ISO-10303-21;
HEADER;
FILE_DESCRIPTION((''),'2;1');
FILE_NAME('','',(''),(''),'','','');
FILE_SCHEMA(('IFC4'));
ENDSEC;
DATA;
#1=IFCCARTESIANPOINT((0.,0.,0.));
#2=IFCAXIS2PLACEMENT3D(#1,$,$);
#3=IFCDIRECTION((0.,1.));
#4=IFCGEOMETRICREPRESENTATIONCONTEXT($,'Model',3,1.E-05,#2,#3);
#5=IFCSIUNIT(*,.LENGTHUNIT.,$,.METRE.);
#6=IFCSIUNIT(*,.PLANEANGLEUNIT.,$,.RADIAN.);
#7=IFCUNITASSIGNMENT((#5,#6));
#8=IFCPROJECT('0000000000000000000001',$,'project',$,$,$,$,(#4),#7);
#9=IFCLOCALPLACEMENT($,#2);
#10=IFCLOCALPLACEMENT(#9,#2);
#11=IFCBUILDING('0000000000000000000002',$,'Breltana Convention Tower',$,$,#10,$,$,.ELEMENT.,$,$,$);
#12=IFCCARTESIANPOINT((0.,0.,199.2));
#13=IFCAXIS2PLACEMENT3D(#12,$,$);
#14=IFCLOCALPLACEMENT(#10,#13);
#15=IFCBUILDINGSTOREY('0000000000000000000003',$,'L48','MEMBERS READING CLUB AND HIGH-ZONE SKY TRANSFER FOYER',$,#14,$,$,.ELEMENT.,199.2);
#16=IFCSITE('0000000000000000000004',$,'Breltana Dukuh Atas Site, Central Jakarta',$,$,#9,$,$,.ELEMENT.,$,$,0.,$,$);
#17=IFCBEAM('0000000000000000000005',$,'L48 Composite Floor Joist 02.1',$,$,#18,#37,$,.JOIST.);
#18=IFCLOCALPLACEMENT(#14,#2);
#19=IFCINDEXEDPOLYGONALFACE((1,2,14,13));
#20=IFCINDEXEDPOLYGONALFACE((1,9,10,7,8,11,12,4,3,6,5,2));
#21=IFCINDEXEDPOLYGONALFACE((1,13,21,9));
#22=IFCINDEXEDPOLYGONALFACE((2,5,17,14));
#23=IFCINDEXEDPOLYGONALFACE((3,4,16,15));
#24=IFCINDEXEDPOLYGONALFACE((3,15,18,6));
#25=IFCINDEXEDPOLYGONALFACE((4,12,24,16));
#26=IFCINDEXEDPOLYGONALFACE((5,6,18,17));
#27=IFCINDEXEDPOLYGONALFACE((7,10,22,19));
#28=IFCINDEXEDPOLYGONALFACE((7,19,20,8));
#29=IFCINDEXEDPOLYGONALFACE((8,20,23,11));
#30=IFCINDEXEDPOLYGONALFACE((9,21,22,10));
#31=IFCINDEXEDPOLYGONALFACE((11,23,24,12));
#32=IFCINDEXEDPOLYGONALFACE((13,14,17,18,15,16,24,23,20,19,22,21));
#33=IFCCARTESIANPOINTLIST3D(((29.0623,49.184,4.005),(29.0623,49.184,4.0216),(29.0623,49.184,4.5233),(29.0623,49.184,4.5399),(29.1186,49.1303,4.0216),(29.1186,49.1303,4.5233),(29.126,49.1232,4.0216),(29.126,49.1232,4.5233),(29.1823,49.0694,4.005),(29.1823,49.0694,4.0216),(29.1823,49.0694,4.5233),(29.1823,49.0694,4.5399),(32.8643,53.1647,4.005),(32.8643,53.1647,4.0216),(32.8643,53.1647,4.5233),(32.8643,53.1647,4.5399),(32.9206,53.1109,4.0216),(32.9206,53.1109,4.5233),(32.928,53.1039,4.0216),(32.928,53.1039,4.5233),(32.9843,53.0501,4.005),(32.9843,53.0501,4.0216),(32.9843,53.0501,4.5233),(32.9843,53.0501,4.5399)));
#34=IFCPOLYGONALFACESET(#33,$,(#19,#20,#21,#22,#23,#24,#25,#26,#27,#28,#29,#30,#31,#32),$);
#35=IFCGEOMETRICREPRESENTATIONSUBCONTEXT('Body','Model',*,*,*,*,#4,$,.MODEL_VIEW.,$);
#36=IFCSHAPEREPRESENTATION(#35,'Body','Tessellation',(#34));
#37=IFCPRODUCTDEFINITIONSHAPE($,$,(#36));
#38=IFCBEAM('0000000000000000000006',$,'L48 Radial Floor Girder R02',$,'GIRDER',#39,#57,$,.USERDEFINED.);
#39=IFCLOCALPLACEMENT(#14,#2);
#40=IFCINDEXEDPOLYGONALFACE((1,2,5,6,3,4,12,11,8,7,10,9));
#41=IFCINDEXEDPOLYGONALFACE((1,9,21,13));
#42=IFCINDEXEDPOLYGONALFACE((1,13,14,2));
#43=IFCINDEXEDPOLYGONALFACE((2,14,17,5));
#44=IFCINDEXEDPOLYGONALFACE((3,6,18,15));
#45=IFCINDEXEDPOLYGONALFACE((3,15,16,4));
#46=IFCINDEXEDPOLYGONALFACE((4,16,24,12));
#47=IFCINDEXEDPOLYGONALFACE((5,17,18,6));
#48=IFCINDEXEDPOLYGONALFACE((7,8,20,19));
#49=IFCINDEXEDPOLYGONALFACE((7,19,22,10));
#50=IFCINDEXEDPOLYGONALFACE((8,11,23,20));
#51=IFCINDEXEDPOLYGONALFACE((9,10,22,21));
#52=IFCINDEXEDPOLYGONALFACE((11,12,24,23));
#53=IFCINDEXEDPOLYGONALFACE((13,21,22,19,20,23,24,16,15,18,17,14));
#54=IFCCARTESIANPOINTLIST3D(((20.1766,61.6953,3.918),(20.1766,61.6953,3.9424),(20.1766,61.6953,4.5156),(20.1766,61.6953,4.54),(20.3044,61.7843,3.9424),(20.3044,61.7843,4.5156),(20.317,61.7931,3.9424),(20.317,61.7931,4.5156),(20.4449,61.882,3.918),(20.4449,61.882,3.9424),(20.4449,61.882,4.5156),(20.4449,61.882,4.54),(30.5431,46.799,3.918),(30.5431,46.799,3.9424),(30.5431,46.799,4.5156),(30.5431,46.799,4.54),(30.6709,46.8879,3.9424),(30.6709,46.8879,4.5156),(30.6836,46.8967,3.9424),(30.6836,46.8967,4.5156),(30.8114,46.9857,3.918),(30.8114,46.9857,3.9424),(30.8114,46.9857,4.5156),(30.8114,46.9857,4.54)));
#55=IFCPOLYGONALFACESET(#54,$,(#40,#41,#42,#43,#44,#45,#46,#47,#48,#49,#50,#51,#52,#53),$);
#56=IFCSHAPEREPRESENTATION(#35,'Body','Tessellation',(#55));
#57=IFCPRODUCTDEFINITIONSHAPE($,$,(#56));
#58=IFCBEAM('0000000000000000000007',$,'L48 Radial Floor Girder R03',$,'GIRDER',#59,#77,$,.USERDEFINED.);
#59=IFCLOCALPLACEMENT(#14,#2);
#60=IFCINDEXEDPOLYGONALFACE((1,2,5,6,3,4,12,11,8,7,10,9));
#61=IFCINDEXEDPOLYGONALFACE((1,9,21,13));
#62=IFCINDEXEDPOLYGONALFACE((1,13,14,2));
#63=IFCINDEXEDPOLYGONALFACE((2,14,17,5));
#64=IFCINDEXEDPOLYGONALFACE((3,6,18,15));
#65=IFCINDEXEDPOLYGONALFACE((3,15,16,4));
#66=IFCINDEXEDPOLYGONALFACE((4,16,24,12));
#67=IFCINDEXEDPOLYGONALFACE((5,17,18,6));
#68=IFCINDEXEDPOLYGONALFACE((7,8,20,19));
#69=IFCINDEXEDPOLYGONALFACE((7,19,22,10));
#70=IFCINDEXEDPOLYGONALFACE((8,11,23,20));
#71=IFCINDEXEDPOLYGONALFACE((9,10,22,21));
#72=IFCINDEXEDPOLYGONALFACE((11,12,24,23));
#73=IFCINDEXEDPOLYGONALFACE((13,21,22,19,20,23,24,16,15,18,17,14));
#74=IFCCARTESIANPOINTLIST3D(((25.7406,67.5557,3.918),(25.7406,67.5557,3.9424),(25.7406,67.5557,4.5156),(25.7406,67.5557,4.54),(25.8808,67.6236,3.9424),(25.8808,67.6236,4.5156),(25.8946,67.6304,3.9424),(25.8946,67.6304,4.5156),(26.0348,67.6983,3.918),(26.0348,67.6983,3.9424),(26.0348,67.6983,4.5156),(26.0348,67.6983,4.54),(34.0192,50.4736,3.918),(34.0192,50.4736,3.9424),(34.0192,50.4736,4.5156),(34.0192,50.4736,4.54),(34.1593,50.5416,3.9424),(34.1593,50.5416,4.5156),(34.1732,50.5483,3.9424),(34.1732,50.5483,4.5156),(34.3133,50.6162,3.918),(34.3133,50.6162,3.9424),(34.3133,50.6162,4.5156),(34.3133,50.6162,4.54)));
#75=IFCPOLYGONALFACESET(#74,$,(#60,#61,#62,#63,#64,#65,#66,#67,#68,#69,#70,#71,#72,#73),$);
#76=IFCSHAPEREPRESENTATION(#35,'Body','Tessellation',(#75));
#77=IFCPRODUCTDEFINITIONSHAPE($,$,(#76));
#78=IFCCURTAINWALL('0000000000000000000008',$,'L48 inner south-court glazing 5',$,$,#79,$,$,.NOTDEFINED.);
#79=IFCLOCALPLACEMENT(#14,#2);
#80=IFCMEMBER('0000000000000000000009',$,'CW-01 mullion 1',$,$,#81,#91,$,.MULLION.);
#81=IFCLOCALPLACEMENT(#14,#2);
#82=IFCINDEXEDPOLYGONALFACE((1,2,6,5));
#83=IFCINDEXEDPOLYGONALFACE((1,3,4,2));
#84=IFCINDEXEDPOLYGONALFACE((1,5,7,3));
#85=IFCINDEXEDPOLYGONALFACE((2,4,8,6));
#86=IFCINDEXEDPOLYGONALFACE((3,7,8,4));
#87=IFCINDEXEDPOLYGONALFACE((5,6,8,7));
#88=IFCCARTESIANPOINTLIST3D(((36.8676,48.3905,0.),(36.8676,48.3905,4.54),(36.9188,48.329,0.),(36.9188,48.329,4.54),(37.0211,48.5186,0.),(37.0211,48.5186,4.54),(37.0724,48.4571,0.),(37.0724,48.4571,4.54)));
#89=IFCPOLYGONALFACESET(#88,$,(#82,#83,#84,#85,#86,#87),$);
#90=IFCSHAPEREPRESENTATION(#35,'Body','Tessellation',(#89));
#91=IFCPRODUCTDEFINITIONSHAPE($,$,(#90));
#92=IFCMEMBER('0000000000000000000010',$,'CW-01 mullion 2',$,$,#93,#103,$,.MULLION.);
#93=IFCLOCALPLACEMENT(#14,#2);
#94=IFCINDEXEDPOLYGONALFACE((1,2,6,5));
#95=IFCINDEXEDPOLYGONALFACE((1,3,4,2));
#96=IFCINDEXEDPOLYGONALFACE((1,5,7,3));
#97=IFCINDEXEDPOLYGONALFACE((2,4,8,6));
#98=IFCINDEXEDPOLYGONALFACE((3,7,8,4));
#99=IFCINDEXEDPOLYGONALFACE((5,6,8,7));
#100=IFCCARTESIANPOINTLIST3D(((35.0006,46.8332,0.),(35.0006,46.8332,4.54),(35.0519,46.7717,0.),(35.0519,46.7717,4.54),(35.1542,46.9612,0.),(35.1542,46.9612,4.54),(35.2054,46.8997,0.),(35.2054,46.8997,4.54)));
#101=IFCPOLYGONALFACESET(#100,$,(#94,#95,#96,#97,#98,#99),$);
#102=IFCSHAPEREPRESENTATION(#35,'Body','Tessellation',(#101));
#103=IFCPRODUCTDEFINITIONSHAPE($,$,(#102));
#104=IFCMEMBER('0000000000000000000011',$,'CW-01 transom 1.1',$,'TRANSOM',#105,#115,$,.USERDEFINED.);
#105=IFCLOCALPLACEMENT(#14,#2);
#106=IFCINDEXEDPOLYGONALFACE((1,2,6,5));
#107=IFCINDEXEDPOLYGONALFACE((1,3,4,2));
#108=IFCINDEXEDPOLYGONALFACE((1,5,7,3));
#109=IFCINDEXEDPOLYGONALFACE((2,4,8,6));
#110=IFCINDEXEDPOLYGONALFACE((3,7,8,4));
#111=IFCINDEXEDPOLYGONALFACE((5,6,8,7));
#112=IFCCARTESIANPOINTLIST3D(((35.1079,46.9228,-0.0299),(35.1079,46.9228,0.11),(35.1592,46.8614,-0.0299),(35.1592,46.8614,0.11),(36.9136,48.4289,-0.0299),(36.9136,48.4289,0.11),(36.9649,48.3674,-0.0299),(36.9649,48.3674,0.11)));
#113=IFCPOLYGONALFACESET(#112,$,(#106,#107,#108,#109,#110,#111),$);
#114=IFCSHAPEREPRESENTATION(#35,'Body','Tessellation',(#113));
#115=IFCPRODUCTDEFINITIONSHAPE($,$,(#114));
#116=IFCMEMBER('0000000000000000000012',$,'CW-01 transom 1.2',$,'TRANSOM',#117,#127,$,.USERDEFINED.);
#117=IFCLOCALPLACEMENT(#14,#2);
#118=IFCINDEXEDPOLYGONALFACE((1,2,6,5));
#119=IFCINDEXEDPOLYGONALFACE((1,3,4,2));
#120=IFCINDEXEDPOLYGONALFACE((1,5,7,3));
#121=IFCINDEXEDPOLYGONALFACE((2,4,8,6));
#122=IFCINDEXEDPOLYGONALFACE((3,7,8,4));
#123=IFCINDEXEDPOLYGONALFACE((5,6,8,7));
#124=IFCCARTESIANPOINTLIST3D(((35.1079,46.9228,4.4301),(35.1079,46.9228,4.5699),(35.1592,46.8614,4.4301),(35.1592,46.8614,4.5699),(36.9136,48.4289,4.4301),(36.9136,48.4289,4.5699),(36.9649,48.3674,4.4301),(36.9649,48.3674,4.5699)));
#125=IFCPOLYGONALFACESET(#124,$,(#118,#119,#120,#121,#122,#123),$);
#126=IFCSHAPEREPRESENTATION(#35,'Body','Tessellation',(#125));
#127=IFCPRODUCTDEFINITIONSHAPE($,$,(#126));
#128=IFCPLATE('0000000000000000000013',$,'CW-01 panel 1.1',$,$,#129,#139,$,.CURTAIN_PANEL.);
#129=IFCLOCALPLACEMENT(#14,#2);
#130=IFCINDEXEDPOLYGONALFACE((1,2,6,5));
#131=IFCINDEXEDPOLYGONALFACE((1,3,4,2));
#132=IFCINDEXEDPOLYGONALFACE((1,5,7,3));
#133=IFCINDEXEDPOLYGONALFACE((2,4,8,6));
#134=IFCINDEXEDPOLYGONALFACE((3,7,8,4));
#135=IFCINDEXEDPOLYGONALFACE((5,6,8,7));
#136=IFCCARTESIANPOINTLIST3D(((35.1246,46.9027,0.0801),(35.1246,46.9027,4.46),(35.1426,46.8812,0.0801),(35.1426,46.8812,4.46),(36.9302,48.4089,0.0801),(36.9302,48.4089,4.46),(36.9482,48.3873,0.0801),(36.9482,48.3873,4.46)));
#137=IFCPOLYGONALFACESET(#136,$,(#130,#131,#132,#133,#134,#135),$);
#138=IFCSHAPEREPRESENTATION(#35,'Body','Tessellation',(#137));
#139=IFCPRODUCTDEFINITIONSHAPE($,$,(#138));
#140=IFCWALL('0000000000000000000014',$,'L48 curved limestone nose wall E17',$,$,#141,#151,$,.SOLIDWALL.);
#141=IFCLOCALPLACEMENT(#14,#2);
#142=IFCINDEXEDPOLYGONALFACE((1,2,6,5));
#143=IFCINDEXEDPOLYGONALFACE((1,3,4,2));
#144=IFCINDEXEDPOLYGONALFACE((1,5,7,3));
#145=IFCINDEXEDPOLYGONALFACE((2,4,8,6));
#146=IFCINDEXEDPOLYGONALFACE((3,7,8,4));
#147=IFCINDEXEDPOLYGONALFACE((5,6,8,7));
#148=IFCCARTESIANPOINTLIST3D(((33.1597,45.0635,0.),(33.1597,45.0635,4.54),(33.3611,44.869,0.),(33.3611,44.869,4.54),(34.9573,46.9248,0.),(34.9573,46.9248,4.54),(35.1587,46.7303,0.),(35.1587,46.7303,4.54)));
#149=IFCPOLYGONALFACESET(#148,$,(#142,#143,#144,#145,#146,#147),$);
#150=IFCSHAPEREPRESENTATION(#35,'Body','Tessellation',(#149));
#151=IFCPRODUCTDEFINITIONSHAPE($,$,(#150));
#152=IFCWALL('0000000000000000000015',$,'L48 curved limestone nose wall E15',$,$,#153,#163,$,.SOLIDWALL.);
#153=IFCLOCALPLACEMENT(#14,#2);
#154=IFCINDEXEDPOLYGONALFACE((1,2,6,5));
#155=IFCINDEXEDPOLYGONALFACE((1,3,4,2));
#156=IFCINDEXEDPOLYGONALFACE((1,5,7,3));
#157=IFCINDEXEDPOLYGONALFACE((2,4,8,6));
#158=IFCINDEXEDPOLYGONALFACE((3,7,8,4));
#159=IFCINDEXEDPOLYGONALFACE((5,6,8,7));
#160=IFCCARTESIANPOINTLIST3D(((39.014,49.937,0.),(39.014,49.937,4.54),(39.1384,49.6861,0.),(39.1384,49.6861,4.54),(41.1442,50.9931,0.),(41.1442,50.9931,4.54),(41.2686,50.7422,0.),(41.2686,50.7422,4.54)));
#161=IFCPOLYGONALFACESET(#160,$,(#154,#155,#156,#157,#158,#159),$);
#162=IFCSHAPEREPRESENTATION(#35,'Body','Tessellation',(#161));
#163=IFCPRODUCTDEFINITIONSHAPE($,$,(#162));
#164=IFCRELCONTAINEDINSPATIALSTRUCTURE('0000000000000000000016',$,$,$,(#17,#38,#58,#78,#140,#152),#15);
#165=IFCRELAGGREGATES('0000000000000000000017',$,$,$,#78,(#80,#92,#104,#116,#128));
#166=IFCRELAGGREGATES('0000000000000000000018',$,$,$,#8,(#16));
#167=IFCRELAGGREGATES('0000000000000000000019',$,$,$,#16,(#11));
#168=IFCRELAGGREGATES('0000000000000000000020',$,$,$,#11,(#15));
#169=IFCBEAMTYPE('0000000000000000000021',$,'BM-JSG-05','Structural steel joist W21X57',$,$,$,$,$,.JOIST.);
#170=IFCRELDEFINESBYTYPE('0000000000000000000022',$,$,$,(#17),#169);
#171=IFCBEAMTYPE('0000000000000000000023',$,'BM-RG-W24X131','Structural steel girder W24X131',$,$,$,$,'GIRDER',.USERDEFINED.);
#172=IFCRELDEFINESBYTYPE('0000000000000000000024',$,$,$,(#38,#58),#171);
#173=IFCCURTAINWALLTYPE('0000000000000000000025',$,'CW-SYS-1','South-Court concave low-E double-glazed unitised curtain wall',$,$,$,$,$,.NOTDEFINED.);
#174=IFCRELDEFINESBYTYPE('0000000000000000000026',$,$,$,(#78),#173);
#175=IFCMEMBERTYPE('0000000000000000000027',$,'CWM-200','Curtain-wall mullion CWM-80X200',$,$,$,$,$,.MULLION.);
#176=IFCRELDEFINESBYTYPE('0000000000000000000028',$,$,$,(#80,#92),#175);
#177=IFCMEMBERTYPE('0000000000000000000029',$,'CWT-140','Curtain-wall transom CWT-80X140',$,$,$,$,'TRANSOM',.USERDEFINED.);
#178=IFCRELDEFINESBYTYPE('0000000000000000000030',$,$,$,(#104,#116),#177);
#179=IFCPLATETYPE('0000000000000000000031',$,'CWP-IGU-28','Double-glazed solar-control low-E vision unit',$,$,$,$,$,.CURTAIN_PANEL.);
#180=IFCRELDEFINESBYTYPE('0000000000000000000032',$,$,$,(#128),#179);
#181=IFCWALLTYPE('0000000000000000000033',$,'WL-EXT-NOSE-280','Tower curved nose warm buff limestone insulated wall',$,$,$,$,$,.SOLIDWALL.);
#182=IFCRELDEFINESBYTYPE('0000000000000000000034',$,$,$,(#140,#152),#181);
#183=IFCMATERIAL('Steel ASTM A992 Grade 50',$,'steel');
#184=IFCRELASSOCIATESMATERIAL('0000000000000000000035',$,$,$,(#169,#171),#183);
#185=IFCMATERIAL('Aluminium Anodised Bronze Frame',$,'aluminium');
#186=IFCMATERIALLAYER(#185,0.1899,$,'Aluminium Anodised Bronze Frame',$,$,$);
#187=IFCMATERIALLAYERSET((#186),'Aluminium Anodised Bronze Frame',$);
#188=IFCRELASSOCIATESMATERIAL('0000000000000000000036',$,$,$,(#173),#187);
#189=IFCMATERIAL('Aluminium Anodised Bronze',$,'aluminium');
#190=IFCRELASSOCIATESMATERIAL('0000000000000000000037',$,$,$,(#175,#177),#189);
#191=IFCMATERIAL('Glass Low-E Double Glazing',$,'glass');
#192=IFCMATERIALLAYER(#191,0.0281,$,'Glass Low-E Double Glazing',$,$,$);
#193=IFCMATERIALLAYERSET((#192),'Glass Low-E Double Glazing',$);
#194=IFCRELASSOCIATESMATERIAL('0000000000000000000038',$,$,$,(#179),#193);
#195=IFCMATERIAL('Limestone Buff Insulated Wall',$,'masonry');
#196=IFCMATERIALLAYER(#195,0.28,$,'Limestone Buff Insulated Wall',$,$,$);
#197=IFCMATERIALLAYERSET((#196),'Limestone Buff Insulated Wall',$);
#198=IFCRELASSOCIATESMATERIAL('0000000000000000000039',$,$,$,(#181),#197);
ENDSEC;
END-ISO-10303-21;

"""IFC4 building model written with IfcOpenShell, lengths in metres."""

from ifc_helpers import new_model, si_unit, direction, frame, frame_2d, origin, origin_2d, place, context, subcontext, project, spatial, rectangle, i_section, extrude, source, transform, mapped, material, layer, layer_set, material_profile, profile_set, type_object, element, aggregate, save


model = new_model("IFC4")

# Units and contexts
model_context = context("Model", 3, precision=1e-05, world=origin(), true_north=direction((0.0, 1.0)))
body_context = subcontext(model_context, "Body", "Model", "MODEL_VIEW")
ifc_project = project(units=[si_unit("LENGTHUNIT", "METRE"), si_unit("PLANEANGLEUNIT", "RADIAN")], contexts=[model_context])

# Site, building, storey
site_placement = place(None, origin())
site = spatial("IfcSite", under=ifc_project, at=site_placement, Name="Breltana Dukuh Atas Site, Central Jakarta", CompositionType="ELEMENT", RefElevation=0.0)
building_placement = place(site_placement, origin())
building = spatial("IfcBuilding", under=site, at=building_placement, Name="Breltana Convention Tower", CompositionType="ELEMENT")
storey_placement = place(building_placement, frame((0.0, 0.0, 199.2)))
storey = spatial("IfcBuildingStorey", under=building, at=storey_placement, Name="L48", Description="MEMBERS READING CLUB AND HIGH-ZONE SKY TRANSFER FOYER", CompositionType="ELEMENT", Elevation=199.2)

# Shared definitions
ifc_material_1 = material(Name="Steel ASTM A992 Grade 50", Category="steel")

# Beams
ifc_material_profile_1 = material_profile(ifc_material_1, i_section(OverallWidth=0.166, OverallDepth=0.5349, WebThickness=0.0103, FlangeThickness=0.0166, at=origin_2d()), Name="W21X57")
ifc_profile_set_1 = profile_set([ifc_material_profile_1], Name="Steel ASTM A992 Grade 50")
beam_type_1 = type_object("IfcBeamType", Name="BM-JSG-05", Description="Structural steel joist W21X57", PredefinedType="JOIST", material=ifc_profile_set_1)
shared_shape_1 = source(origin(), body_context, "Body", "SweptSolid", [
    extrude(i_section(OverallWidth=0.166, OverallDepth=0.5349, WebThickness=0.0103, FlangeThickness=0.0166, at=origin_2d()), origin(), (0.0, 0.0, 1.0), 5.5046),
])
beam_1_placement = place(storey_placement, frame((29.1223, 49.1267, 4.2725), z_axis=(0.690688, 0.723153, 0.0), x_axis=(-0.723153, 0.690688, 0.0)))
element("IfcBeam", 1, at=beam_1_placement, inside=storey, type_object=beam_type_1, Name="L48 Composite Floor Joist 02.1", PredefinedType="JOIST", context=body_context, shape_type="MappedRepresentation", body=[
    mapped(shared_shape_1, transform((0.0, 0.0, 0.0), scale=1.0)),
])
ifc_material_profile_2 = material_profile(ifc_material_1, i_section(OverallWidth=0.3269, OverallDepth=0.6221, WebThickness=0.0154, FlangeThickness=0.0244, at=origin_2d()), Name="W24X131")
ifc_profile_set_2 = profile_set([ifc_material_profile_2], Name="Steel ASTM A992 Grade 50")
beam_type_2 = type_object("IfcBeamType", Name="BM-RG-W24X131", Description="Structural steel girder W24X131", ElementType="GIRDER", PredefinedType="USERDEFINED", material=ifc_profile_set_2)
shared_shape_2 = source(origin(), body_context, "Body", "SweptSolid", [
    extrude(i_section(OverallWidth=0.3269, OverallDepth=0.6221, WebThickness=0.0154, FlangeThickness=0.0244, at=origin_2d()), origin(), (0.0, 0.0, 1.0), 18.1484),
])
beam_2_placement = place(storey_placement, frame((30.6772, 46.8923, 4.229), z_axis=(-0.571208, 0.820806, 0.0), x_axis=(-0.820806, -0.571208, 0.0)))
element("IfcBeam", 2, at=beam_2_placement, inside=storey, type_object=beam_type_2, Name="L48 Radial Floor Girder R02", ObjectType="GIRDER", PredefinedType="USERDEFINED", context=body_context, shape_type="MappedRepresentation", body=[
    mapped(shared_shape_2, transform((0.0, 0.0, 0.0), scale=1.0)),
])
shared_shape_3 = source(origin(), body_context, "Body", "SweptSolid", [
    extrude(i_section(OverallWidth=0.3269, OverallDepth=0.6221, WebThickness=0.0154, FlangeThickness=0.0244, at=origin_2d()), origin(), (0.0, 0.0, 1.0), 18.9824),
])
beam_3_placement = place(storey_placement, frame((34.1663, 50.5449, 4.229), z_axis=(-0.436119, 0.899889, 0.0), x_axis=(-0.899889, -0.436119, 0.0)))
element("IfcBeam", 3, at=beam_3_placement, inside=storey, type_object=beam_type_2, Name="L48 Radial Floor Girder R03", ObjectType="GIRDER", PredefinedType="USERDEFINED", context=body_context, shape_type="MappedRepresentation", body=[
    mapped(shared_shape_3, transform((0.0, 0.0, 0.0), scale=1.0)),
])

# Curtain wall, members, plate
ifc_material_2 = material(Name="Aluminium Anodised Bronze Frame", Category="aluminium")
ifc_layer_1 = layer(ifc_material_2, 0.1899, Name="Aluminium Anodised Bronze Frame")
ifc_layer_set_1 = layer_set([ifc_layer_1], Name="Aluminium Anodised Bronze Frame")
curtain_wall_type = type_object("IfcCurtainWallType", Name="CW-SYS-1", Description="South-Court concave low-E double-glazed unitised curtain wall", PredefinedType="NOTDEFINED", material=ifc_layer_set_1)
curtain_wall_placement = place(storey_placement, origin())
curtain_wall = element("IfcCurtainWall", 4, at=curtain_wall_placement, inside=storey, type_object=curtain_wall_type, Name="L48 inner south-court glazing 5", PredefinedType="NOTDEFINED")
ifc_material_3 = material(Name="Aluminium Anodised Bronze", Category="aluminium")
ifc_material_profile_3 = material_profile(ifc_material_3, rectangle(XDim=0.0801, YDim=0.2, at=origin_2d()), Name="CWM-80X200")
ifc_profile_set_3 = profile_set([ifc_material_profile_3], Name="Aluminium Anodised Bronze")
member_type_1 = type_object("IfcMemberType", Name="CWM-200", Description="Curtain-wall mullion CWM-80X200", PredefinedType="MULLION", material=ifc_profile_set_3)
shared_shape_4 = source(origin(), body_context, "Body", "SweptSolid", [
    extrude(rectangle(XDim=0.0801, YDim=0.2, at=origin_2d()), origin(), (0.0, 0.0, 1.0), 4.54),
])
member_1_placement = place(storey_placement, frame((36.97, 48.4238, 0.0), z_axis=(0.0, 0.0, 1.0), x_axis=(0.640541, -0.767924, 0.0)))
member_1 = element("IfcMember", 5, at=member_1_placement, type_object=member_type_1, Name="CW-01 mullion 1", PredefinedType="MULLION", context=body_context, shape_type="MappedRepresentation", body=[
    mapped(shared_shape_4, transform((0.0, 0.0, 0.0), scale=1.0)),
])
member_2_placement = place(storey_placement, frame((35.103, 46.8665, 0.0), z_axis=(0.0, 0.0, 1.0), x_axis=(0.640541, -0.767924, 0.0)))
member_2 = element("IfcMember", 6, at=member_2_placement, type_object=member_type_1, Name="CW-01 mullion 2", PredefinedType="MULLION", context=body_context, shape_type="MappedRepresentation", body=[
    mapped(shared_shape_4, transform((0.0, 0.0, 0.0), scale=1.0)),
])
ifc_material_profile_4 = material_profile(ifc_material_3, rectangle(XDim=0.0801, YDim=0.1399, at=origin_2d()), Name="CWT-80X140")
ifc_profile_set_4 = profile_set([ifc_material_profile_4], Name="Aluminium Anodised Bronze")
member_type_2 = type_object("IfcMemberType", Name="CWT-140", Description="Curtain-wall transom CWT-80X140", ElementType="TRANSOM", PredefinedType="USERDEFINED", material=ifc_profile_set_4)
shared_shape_5 = source(origin(), body_context, "Body", "SweptSolid", [
    extrude(rectangle(XDim=0.0801, YDim=0.1399, at=origin_2d()), origin(), (0.0, 0.0, 1.0), 2.3513),
])
member_3_placement = place(storey_placement, frame((36.9392, 48.3982, 0.04), z_axis=(-0.767932, -0.640532, 0.0), x_axis=(0.640532, -0.767932, 0.0)))
member_3 = element("IfcMember", 7, at=member_3_placement, type_object=member_type_2, Name="CW-01 transom 1.1", ObjectType="TRANSOM", PredefinedType="USERDEFINED", context=body_context, shape_type="MappedRepresentation", body=[
    mapped(shared_shape_5, transform((0.0, 0.0, 0.0), scale=1.0)),
])
member_4_placement = place(storey_placement, frame((36.9392, 48.3982, 4.5), z_axis=(-0.767932, -0.640532, 0.0), x_axis=(0.640532, -0.767932, 0.0)))
member_4 = element("IfcMember", 8, at=member_4_placement, type_object=member_type_2, Name="CW-01 transom 1.2", ObjectType="TRANSOM", PredefinedType="USERDEFINED", context=body_context, shape_type="MappedRepresentation", body=[
    mapped(shared_shape_5, transform((0.0, 0.0, 0.0), scale=1.0)),
])
ifc_material_4 = material(Name="Glass Low-E Double Glazing", Category="glass")
ifc_layer_2 = layer(ifc_material_4, 0.0281, Name="Glass Low-E Double Glazing")
ifc_layer_set_2 = layer_set([ifc_layer_2], Name="Glass Low-E Double Glazing")
plate_type = type_object("IfcPlateType", Name="CWP-IGU-28", Description="Double-glazed solar-control low-E vision unit", PredefinedType="CURTAIN_PANEL", material=ifc_layer_set_2)
shared_shape_6 = source(origin(), body_context, "Body", "SweptSolid", [
    extrude(rectangle(XDim=2.3513, YDim=0.0281, at=origin_2d()), origin(), (0.0, 0.0, 1.0), 4.3799),
])
plate_placement = place(storey_placement, frame((36.0364, 47.645, 0.0801), z_axis=(0.0, 0.0, 1.0), x_axis=(-0.767924, -0.640541, 0.0)))
plate = element("IfcPlate", 9, at=plate_placement, type_object=plate_type, Name="CW-01 panel 1.1", PredefinedType="CURTAIN_PANEL", context=body_context, shape_type="MappedRepresentation", body=[
    mapped(shared_shape_6, transform((0.0, 0.0, 0.0), scale=1.0)),
])
aggregate(curtain_wall, [member_1, member_2, member_3, member_4, plate])

# Walls
ifc_material_5 = material(Name="Limestone Buff Insulated Wall", Category="masonry")
ifc_layer_3 = layer(ifc_material_5, 0.28, Name="Limestone Buff Insulated Wall")
ifc_layer_set_3 = layer_set([ifc_layer_3], Name="Limestone Buff Insulated Wall")
wall_type = type_object("IfcWallType", Name="WL-EXT-NOSE-280", Description="Tower curved nose warm buff limestone insulated wall", PredefinedType="SOLIDWALL", material=ifc_layer_set_3)
shared_shape_7 = source(origin(), body_context, "Body", "SweptSolid", [
    extrude(rectangle(XDim=2.5876, YDim=0.28, at=frame_2d((1.2939, 0.0))), origin(), (0.0, 0.0, 1.0), 4.54),
])
wall_1_placement = place(storey_placement, frame((35.0581, 46.8276, 0.0), z_axis=(0.0, 0.0, 1.0), x_axis=(-0.694687, -0.719312, 0.0)))
element("IfcWall", 10, at=wall_1_placement, inside=storey, type_object=wall_type, Name="L48 curved limestone nose wall E17", PredefinedType="SOLIDWALL", context=body_context, shape_type="MappedRepresentation", body=[
    mapped(shared_shape_7, transform((0.0, 0.0, 0.0), scale=1.0)),
])
shared_shape_8 = source(origin(), body_context, "Body", "SweptSolid", [
    extrude(rectangle(XDim=2.3777, YDim=0.28, at=frame_2d((1.189, 0.0))), origin(), (0.0, 0.0, 1.0), 4.54),
])
wall_2_placement = place(storey_placement, frame((41.2065, 50.8677, 0.0), z_axis=(0.0, 0.0, 1.0), x_axis=(-0.895942, -0.444172, 0.0)))
element("IfcWall", 11, at=wall_2_placement, inside=storey, type_object=wall_type, Name="L48 curved limestone nose wall E15", PredefinedType="SOLIDWALL", context=body_context, shape_type="MappedRepresentation", body=[
    mapped(shared_shape_8, transform((0.0, 0.0, 0.0), scale=1.0)),
])

save(model, "model.ifc")
